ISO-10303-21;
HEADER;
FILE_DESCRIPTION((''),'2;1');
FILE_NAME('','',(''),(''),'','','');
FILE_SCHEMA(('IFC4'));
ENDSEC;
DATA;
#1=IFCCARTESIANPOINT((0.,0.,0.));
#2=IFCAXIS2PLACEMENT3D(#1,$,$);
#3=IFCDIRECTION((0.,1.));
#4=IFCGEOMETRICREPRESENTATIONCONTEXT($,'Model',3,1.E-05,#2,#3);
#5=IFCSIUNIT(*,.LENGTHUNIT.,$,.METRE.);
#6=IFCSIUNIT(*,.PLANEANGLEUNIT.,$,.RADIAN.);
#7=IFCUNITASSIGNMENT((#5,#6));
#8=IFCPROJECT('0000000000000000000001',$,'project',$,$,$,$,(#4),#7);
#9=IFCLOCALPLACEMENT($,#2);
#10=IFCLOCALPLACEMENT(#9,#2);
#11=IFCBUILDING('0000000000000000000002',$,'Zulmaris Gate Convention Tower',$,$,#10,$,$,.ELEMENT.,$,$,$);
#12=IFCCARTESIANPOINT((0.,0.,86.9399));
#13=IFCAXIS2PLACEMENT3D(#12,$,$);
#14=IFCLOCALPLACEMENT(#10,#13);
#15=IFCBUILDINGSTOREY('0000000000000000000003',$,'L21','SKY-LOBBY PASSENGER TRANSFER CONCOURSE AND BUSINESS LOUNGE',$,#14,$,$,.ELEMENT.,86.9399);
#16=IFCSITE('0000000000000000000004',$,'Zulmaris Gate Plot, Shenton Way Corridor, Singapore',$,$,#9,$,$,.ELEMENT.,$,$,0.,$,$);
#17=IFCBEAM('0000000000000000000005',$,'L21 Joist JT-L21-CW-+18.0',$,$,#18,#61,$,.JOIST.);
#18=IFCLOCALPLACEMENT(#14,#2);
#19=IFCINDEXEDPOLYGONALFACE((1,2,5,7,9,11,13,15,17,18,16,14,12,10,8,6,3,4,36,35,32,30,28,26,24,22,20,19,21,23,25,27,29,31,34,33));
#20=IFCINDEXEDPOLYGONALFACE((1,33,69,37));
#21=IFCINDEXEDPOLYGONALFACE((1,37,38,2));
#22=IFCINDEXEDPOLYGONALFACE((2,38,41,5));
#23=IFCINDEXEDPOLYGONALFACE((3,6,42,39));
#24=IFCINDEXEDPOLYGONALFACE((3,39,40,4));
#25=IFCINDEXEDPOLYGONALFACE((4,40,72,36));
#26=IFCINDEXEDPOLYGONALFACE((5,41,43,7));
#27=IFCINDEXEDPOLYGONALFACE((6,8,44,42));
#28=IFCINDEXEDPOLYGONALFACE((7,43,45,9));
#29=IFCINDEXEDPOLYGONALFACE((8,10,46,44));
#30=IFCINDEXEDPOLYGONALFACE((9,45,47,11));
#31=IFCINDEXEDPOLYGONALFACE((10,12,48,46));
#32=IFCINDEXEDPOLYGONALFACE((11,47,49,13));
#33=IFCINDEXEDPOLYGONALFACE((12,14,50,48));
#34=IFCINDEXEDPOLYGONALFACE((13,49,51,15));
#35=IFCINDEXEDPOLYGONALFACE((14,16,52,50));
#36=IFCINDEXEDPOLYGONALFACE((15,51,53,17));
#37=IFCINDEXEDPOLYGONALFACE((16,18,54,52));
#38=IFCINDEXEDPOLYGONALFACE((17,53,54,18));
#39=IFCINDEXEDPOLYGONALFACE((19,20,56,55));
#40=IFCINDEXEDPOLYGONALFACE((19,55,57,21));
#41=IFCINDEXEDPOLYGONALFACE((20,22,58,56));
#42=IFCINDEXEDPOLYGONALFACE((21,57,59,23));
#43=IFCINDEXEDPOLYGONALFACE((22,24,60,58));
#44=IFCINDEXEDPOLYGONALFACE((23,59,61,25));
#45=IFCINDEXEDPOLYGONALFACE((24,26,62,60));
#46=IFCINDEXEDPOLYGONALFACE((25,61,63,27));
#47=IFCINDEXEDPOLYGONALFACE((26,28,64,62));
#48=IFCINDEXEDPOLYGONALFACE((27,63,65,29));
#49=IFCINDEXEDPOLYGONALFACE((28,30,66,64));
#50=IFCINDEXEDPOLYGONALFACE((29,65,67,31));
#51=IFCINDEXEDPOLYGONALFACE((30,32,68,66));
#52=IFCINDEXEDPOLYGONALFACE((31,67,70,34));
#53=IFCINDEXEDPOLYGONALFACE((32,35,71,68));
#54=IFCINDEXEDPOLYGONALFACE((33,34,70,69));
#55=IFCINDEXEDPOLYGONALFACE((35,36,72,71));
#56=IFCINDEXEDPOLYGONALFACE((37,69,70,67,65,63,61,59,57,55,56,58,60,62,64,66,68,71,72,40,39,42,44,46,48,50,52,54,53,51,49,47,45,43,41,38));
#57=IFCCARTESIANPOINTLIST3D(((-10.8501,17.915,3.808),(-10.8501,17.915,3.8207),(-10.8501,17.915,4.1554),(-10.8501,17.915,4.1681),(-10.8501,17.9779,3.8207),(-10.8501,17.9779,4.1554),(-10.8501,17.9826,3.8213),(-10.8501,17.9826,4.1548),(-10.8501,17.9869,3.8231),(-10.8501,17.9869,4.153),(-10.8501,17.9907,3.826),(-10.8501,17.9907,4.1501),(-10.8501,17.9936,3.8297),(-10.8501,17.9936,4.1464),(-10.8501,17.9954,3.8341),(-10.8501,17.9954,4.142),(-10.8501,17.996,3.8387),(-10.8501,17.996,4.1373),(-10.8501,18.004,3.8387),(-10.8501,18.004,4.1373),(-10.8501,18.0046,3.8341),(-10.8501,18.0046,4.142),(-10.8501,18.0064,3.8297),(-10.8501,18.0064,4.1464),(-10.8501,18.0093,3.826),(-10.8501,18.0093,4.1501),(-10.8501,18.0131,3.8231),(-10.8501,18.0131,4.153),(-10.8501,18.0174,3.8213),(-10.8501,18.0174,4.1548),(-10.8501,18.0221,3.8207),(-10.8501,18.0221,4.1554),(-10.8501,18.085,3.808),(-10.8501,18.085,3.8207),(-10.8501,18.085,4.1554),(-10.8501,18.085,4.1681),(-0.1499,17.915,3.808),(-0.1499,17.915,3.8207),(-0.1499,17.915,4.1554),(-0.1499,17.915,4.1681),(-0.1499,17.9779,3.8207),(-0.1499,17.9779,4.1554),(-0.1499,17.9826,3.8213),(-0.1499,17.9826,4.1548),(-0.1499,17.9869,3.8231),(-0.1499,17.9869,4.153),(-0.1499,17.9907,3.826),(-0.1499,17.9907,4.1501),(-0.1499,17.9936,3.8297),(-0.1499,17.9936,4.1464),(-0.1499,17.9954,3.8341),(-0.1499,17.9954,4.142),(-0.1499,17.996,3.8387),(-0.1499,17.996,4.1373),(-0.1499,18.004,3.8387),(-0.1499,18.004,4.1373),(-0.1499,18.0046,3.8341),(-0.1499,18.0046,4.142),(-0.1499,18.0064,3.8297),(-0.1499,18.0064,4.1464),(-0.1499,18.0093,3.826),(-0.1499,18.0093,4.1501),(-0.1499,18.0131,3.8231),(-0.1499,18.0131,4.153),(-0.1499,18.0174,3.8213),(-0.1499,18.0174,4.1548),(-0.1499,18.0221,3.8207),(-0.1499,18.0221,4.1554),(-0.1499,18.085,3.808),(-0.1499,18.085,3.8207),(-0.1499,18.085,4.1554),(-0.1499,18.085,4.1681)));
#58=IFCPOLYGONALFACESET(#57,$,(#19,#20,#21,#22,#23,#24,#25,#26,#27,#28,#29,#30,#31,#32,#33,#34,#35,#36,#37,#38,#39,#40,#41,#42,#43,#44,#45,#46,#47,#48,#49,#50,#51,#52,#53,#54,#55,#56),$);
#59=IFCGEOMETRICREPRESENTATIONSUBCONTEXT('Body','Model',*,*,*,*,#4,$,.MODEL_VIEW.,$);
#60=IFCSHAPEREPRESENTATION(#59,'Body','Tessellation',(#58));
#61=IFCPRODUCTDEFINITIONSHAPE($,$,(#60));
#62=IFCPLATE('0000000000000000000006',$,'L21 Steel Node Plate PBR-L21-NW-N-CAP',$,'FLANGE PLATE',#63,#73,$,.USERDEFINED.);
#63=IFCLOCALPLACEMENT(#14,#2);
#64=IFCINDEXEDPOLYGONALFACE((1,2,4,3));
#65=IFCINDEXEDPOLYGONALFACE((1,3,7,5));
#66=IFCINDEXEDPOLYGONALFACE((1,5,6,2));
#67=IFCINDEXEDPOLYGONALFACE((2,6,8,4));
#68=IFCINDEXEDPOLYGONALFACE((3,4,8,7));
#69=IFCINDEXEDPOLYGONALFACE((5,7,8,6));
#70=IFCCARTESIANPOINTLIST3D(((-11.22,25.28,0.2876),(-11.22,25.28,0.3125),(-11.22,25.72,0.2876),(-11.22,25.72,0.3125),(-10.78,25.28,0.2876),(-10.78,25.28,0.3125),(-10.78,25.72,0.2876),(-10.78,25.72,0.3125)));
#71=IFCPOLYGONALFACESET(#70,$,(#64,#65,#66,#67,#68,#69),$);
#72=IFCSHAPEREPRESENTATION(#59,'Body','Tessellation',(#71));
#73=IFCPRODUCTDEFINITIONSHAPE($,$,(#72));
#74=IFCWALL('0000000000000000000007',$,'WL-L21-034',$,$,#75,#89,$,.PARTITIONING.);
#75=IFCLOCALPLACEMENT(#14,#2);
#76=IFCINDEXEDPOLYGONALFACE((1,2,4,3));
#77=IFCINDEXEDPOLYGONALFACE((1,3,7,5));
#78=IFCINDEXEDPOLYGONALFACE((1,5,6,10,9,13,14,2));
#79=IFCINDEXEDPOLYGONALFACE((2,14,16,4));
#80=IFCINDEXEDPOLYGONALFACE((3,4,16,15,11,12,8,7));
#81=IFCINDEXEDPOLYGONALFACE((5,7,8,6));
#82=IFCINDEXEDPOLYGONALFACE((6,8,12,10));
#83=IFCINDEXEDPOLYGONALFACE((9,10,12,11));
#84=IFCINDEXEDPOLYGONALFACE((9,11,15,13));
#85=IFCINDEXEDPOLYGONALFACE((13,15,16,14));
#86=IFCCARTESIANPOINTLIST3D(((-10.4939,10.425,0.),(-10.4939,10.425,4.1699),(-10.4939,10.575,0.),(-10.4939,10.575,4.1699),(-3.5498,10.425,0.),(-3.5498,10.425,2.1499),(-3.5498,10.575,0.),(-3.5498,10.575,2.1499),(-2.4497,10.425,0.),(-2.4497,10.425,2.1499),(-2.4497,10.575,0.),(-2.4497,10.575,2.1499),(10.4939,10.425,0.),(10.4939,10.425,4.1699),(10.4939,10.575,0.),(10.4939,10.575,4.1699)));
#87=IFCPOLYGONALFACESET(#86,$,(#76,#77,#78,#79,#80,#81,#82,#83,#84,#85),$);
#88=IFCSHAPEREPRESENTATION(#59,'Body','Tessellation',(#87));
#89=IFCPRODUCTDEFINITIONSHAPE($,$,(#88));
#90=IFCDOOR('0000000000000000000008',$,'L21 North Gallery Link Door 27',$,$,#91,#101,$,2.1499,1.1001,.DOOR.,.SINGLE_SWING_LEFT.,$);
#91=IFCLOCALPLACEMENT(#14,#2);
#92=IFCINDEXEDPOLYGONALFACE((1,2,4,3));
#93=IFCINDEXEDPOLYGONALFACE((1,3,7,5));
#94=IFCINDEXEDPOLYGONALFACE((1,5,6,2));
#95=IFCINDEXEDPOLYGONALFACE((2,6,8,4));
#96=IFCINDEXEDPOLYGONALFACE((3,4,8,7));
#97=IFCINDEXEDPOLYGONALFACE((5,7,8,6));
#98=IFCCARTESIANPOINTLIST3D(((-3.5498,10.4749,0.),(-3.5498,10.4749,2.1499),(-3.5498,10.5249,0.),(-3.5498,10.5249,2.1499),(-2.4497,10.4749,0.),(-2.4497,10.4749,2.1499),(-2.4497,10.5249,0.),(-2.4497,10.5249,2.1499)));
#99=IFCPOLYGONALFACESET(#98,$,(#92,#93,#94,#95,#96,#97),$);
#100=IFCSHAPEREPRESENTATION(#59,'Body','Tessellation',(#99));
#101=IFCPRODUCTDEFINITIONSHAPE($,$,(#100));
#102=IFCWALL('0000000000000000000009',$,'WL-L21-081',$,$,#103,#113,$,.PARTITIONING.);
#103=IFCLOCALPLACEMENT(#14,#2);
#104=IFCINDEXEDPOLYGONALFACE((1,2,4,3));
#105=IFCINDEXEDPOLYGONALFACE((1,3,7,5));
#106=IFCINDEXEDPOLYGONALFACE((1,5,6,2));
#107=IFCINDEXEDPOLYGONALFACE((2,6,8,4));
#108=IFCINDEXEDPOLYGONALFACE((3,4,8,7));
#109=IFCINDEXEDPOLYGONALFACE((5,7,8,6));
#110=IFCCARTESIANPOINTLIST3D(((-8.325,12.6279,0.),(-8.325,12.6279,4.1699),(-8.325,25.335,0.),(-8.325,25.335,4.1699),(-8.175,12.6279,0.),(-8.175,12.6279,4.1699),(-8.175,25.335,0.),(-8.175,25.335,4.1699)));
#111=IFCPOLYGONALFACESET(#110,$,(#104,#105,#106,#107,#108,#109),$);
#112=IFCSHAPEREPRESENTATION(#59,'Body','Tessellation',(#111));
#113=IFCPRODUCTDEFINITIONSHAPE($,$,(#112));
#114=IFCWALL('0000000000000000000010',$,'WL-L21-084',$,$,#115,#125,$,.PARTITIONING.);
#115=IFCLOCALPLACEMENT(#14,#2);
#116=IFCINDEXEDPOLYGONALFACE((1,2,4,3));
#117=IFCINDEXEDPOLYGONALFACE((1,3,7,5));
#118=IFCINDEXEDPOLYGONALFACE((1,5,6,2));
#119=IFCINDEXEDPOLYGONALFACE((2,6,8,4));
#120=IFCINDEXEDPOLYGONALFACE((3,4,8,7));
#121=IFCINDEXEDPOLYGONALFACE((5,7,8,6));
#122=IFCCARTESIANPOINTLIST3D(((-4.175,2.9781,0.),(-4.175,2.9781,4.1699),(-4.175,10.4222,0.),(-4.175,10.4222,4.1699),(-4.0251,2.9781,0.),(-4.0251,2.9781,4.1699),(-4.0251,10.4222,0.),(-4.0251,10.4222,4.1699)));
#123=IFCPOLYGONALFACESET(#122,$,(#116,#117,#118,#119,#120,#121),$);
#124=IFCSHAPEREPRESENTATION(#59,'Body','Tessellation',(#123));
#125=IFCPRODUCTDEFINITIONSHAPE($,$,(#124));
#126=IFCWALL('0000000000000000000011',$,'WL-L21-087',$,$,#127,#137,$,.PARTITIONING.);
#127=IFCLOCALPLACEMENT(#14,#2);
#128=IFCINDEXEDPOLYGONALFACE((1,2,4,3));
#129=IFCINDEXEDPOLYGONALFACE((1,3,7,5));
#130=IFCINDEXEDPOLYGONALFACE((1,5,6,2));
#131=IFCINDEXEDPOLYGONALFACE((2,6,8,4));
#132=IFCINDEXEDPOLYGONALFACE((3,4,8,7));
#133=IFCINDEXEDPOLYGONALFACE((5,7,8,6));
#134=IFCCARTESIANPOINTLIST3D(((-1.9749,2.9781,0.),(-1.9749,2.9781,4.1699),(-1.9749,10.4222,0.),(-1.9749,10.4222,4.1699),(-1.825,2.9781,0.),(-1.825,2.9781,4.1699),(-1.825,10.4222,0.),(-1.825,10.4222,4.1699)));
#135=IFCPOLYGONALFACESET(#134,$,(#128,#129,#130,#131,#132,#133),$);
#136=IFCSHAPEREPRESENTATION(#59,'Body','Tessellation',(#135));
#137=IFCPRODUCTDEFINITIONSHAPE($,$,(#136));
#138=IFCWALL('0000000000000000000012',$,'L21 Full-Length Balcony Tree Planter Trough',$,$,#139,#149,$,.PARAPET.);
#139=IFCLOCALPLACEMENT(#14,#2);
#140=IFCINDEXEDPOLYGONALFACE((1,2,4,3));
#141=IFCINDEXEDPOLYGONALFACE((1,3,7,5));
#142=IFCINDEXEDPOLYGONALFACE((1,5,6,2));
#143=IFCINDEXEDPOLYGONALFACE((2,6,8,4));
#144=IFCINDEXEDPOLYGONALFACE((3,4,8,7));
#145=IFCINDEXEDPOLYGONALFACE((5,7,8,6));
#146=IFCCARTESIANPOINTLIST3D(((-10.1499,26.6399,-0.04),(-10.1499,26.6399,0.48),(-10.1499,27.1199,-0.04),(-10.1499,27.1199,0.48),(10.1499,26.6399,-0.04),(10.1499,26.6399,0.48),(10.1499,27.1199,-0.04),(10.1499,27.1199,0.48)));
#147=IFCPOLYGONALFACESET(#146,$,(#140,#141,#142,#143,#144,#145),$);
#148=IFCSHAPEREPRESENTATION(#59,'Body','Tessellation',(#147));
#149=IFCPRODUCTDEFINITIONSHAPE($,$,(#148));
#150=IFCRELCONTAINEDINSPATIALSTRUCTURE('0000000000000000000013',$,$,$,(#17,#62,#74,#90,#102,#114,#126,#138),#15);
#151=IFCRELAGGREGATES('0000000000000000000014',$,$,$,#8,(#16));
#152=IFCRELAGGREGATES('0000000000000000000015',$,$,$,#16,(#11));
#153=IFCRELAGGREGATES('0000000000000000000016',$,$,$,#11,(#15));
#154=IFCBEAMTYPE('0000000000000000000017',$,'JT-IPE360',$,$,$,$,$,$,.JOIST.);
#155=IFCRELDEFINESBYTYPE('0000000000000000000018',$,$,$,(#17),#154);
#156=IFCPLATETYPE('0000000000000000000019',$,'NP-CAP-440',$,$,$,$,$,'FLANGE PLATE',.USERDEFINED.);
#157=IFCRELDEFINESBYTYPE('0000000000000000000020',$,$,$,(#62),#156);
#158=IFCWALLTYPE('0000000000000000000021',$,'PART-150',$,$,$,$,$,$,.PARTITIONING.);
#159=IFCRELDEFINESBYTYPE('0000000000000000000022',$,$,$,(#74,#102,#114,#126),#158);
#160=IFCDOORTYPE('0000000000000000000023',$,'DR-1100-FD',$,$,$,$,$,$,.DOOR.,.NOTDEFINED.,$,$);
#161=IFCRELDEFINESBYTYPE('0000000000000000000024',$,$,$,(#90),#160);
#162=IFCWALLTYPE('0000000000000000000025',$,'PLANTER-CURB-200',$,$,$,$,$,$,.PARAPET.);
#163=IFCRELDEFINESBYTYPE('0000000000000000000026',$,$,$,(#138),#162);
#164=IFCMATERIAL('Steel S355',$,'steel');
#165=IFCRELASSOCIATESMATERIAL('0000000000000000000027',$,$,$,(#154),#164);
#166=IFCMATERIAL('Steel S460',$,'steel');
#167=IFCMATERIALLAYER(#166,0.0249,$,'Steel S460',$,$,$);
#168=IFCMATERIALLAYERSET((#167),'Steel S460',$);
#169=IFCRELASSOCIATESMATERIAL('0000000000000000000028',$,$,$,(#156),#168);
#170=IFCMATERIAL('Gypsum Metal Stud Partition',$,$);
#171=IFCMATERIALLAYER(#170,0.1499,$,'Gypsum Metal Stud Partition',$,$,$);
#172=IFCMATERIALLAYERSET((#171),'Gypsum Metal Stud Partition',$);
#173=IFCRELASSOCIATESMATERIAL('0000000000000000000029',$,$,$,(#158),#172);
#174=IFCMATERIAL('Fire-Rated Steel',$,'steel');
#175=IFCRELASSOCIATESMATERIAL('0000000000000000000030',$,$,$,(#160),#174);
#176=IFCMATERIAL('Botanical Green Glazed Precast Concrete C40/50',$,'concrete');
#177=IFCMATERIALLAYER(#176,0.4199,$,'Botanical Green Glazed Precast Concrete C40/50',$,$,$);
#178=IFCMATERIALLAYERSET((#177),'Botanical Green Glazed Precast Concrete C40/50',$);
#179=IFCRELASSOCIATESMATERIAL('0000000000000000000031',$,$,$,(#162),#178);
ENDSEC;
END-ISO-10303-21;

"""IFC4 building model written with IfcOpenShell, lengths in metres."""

from ifc_helpers import new_model, si_unit, direction, frame, frame_2d, origin, origin_2d, place, context, subcontext, project, spatial, rectangle, i_section, extrude, material, layer, layer_set, material_profile, profile_set, type_object, element, fill, save


model = new_model("IFC4")

# Units and contexts
model_context = context("Model", 3, precision=1e-05, world=origin(), true_north=direction((0.0, 1.0)))
body_context = subcontext(model_context, "Body", "Model", "MODEL_VIEW")
ifc_project = project(units=[si_unit("LENGTHUNIT", "METRE"), si_unit("PLANEANGLEUNIT", "RADIAN")], contexts=[model_context])

# Site, building, storey
site_placement = place(None, origin())
site = spatial("IfcSite", under=ifc_project, at=site_placement, Name="Zulmaris Gate Plot, Shenton Way Corridor, Singapore", CompositionType="ELEMENT", RefElevation=0.0)
building_placement = place(site_placement, origin())
building = spatial("IfcBuilding", under=site, at=building_placement, Name="Zulmaris Gate Convention Tower", CompositionType="ELEMENT")
storey_placement = place(building_placement, frame((0.0, 0.0, 86.9399)))
storey = spatial("IfcBuildingStorey", under=building, at=storey_placement, Name="L21", Description="SKY-LOBBY PASSENGER TRANSFER CONCOURSE AND BUSINESS LOUNGE", CompositionType="ELEMENT", Elevation=86.9399)

# Shared definitions
ifc_material_1 = material(Name="Steel S355", Category="steel")

# Shared definitions
ifc_material_2 = material(Name="Steel S460", Category="steel")

# Beam
ifc_material_profile_1 = material_profile(ifc_material_1, i_section(OverallWidth=0.1699, OverallDepth=0.3601, WebThickness=0.0081, FlangeThickness=0.0127, FilletRadius=0.0181, at=origin_2d()), Name="IPE 360")
ifc_profile_set_1 = profile_set([ifc_material_profile_1], Name="Steel S355")
beam_type_1 = type_object("IfcBeamType", Name="JT-IPE360", PredefinedType="JOIST", material=ifc_profile_set_1)
for number, where, z_axis, x_axis, name in (
    (1, (-10.8501, 18.0, 3.988), (1.0, 0.0, 0.0), (0.0, 1.0, 0.0), "L21 Joist JT-L21-CW-+18.0"),
):
    element("IfcBeam", number, at=place(storey_placement, frame(where, z_axis=z_axis, x_axis=x_axis)), inside=storey, type_object=beam_type_1, Name=name, PredefinedType="JOIST", context=body_context, shape_type="SweptSolid", body=[
        extrude(i_section(OverallWidth=0.1699, OverallDepth=0.3601, WebThickness=0.0081, FlangeThickness=0.0127, FilletRadius=0.0181, at=origin_2d()), origin(), (0.0, 0.0, 1.0), 10.7002),
    ])

# Plate
ifc_layer_1 = layer(ifc_material_2, 0.0249, Name="Steel S460")
ifc_layer_set_1 = layer_set([ifc_layer_1], Name="Steel S460")
plate_type = type_object("IfcPlateType", Name="NP-CAP-440", ElementType="FLANGE PLATE", PredefinedType="USERDEFINED", material=ifc_layer_set_1)
plate_placement = place(storey_placement, frame((-11.0, 25.5, 0.2876), z_axis=(0.0, 0.0, 1.0), x_axis=(1.0, 0.0, 0.0)))
element("IfcPlate", 2, at=plate_placement, inside=storey, type_object=plate_type, Name="L21 Steel Node Plate PBR-L21-NW-N-CAP", ObjectType="FLANGE PLATE", PredefinedType="USERDEFINED", context=body_context, shape_type="SweptSolid", body=[
    extrude(rectangle(XDim=0.4399, YDim=0.4399, at=origin_2d()), origin(), (0.0, 0.0, 1.0), 0.0249),
])

# Wall, opening, door
ifc_material_3 = material(Name="Gypsum Metal Stud Partition")
ifc_layer_2 = layer(ifc_material_3, 0.1499, Name="Gypsum Metal Stud Partition")
ifc_layer_set_2 = layer_set([ifc_layer_2], Name="Gypsum Metal Stud Partition")
wall_type_1 = type_object("IfcWallType", Name="PART-150", PredefinedType="PARTITIONING", material=ifc_layer_set_2)
wall_1_placement = place(storey_placement, frame((-10.4939, 10.5, 0.0), z_axis=(0.0, 0.0, 1.0), x_axis=(1.0, 0.0, 0.0)))
wall_1 = element("IfcWall", 3, at=wall_1_placement, inside=storey, type_object=wall_type_1, Name="WL-L21-034", PredefinedType="PARTITIONING", context=body_context, shape_type="SweptSolid", body=[
    extrude(rectangle(XDim=20.9878, YDim=0.1499, at=frame_2d((10.4939, 0.0))), origin(), (0.0, 0.0, 1.0), 4.1699),
])
opening_1_placement = place(wall_1_placement, frame((6.9441, 0.0, 0.0)))
opening_1 = element("IfcOpeningElement", 4, at=opening_1_placement, cuts=wall_1, PredefinedType="OPENING", context=body_context, shape_type="SweptSolid", body=[
    extrude(rectangle(XDim=1.1001, YDim=2.1499, at=frame_2d((0.55, 1.075))), frame((0.0, 0.085, 0.0), z_axis=(0.0, -1.0, 0.0), x_axis=(1.0, 0.0, 0.0)), (0.0, 0.0, 1.0), 0.1699),
])
ifc_material_4 = material(Name="Fire-Rated Steel", Category="steel")
door_type_1 = type_object("IfcDoorType", Name="DR-1100-FD", OperationType="NOTDEFINED", PredefinedType="DOOR", material=ifc_material_4)
door_1_placement = place(opening_1_placement, origin())
door_1 = element("IfcDoor", 5, at=door_1_placement, inside=storey, type_object=door_type_1, Name="L21 North Gallery Link Door 27", OperationType="SINGLE_SWING_LEFT", OverallHeight=2.1499, OverallWidth=1.1001, PredefinedType="DOOR", context=body_context, shape_type="SweptSolid", body=[
    extrude(rectangle(XDim=1.1001, YDim=2.1499, at=frame_2d((0.55, 1.075))), frame((0.0, 0.0249, 0.0), z_axis=(0.0, -1.0, 0.0), x_axis=(1.0, 0.0, 0.0)), (0.0, 0.0, 1.0), 0.05),
])
fill(opening_1, door_1)

# Walls
wall_2_placement = place(storey_placement, frame((-8.25, 12.6279, 0.0), z_axis=(0.0, 0.0, 1.0), x_axis=(0.0, 1.0, 0.0)))
element("IfcWall", 6, at=wall_2_placement, inside=storey, type_object=wall_type_1, Name="WL-L21-081", PredefinedType="PARTITIONING", context=body_context, shape_type="SweptSolid", body=[
    extrude(rectangle(XDim=12.707, YDim=0.1499, at=frame_2d((6.3535, 0.0))), origin(), (0.0, 0.0, 1.0), 4.1699),
])
for number, where, z_axis, x_axis, name in (
    (7, (-4.1001, 2.978, 0.0), (0.0, 0.0, 1.0), (0.0, 1.0, 0.0), "WL-L21-084"),
    (8, (-1.8999, 2.978, 0.0), (0.0, 0.0, 1.0), (0.0, 1.0, 0.0), "WL-L21-087"),
):
    element("IfcWall", number, at=place(storey_placement, frame(where, z_axis=z_axis, x_axis=x_axis)), inside=storey, type_object=wall_type_1, Name=name, PredefinedType="PARTITIONING", context=body_context, shape_type="SweptSolid", body=[
        extrude(rectangle(XDim=7.4441, YDim=0.1499, at=frame_2d((3.7222, 0.0))), origin(), (0.0, 0.0, 1.0), 4.1699),
    ])
ifc_material_5 = material(Name="Botanical Green Glazed Precast Concrete C40/50", Category="concrete")
ifc_layer_3 = layer(ifc_material_5, 0.4199, Name="Botanical Green Glazed Precast Concrete C40/50")
ifc_layer_set_3 = layer_set([ifc_layer_3], Name="Botanical Green Glazed Precast Concrete C40/50")
wall_type_2 = type_object("IfcWallType", Name="PLANTER-CURB-200", PredefinedType="PARAPET", material=ifc_layer_set_3)
wall_3_placement = place(storey_placement, frame((-10.1499, 26.8799, -0.04), z_axis=(0.0, 0.0, 1.0), x_axis=(1.0, 0.0, 0.0)))
element("IfcWall", 9, at=wall_3_placement, inside=storey, type_object=wall_type_2, Name="L21 Full-Length Balcony Tree Planter Trough", PredefinedType="PARAPET", context=body_context, shape_type="SweptSolid", body=[
    extrude(rectangle(XDim=20.2998, YDim=0.48, at=frame_2d((10.1499, 0.0))), origin(), (0.0, 0.0, 1.0), 0.52),
])

save(model, "model.ifc")
